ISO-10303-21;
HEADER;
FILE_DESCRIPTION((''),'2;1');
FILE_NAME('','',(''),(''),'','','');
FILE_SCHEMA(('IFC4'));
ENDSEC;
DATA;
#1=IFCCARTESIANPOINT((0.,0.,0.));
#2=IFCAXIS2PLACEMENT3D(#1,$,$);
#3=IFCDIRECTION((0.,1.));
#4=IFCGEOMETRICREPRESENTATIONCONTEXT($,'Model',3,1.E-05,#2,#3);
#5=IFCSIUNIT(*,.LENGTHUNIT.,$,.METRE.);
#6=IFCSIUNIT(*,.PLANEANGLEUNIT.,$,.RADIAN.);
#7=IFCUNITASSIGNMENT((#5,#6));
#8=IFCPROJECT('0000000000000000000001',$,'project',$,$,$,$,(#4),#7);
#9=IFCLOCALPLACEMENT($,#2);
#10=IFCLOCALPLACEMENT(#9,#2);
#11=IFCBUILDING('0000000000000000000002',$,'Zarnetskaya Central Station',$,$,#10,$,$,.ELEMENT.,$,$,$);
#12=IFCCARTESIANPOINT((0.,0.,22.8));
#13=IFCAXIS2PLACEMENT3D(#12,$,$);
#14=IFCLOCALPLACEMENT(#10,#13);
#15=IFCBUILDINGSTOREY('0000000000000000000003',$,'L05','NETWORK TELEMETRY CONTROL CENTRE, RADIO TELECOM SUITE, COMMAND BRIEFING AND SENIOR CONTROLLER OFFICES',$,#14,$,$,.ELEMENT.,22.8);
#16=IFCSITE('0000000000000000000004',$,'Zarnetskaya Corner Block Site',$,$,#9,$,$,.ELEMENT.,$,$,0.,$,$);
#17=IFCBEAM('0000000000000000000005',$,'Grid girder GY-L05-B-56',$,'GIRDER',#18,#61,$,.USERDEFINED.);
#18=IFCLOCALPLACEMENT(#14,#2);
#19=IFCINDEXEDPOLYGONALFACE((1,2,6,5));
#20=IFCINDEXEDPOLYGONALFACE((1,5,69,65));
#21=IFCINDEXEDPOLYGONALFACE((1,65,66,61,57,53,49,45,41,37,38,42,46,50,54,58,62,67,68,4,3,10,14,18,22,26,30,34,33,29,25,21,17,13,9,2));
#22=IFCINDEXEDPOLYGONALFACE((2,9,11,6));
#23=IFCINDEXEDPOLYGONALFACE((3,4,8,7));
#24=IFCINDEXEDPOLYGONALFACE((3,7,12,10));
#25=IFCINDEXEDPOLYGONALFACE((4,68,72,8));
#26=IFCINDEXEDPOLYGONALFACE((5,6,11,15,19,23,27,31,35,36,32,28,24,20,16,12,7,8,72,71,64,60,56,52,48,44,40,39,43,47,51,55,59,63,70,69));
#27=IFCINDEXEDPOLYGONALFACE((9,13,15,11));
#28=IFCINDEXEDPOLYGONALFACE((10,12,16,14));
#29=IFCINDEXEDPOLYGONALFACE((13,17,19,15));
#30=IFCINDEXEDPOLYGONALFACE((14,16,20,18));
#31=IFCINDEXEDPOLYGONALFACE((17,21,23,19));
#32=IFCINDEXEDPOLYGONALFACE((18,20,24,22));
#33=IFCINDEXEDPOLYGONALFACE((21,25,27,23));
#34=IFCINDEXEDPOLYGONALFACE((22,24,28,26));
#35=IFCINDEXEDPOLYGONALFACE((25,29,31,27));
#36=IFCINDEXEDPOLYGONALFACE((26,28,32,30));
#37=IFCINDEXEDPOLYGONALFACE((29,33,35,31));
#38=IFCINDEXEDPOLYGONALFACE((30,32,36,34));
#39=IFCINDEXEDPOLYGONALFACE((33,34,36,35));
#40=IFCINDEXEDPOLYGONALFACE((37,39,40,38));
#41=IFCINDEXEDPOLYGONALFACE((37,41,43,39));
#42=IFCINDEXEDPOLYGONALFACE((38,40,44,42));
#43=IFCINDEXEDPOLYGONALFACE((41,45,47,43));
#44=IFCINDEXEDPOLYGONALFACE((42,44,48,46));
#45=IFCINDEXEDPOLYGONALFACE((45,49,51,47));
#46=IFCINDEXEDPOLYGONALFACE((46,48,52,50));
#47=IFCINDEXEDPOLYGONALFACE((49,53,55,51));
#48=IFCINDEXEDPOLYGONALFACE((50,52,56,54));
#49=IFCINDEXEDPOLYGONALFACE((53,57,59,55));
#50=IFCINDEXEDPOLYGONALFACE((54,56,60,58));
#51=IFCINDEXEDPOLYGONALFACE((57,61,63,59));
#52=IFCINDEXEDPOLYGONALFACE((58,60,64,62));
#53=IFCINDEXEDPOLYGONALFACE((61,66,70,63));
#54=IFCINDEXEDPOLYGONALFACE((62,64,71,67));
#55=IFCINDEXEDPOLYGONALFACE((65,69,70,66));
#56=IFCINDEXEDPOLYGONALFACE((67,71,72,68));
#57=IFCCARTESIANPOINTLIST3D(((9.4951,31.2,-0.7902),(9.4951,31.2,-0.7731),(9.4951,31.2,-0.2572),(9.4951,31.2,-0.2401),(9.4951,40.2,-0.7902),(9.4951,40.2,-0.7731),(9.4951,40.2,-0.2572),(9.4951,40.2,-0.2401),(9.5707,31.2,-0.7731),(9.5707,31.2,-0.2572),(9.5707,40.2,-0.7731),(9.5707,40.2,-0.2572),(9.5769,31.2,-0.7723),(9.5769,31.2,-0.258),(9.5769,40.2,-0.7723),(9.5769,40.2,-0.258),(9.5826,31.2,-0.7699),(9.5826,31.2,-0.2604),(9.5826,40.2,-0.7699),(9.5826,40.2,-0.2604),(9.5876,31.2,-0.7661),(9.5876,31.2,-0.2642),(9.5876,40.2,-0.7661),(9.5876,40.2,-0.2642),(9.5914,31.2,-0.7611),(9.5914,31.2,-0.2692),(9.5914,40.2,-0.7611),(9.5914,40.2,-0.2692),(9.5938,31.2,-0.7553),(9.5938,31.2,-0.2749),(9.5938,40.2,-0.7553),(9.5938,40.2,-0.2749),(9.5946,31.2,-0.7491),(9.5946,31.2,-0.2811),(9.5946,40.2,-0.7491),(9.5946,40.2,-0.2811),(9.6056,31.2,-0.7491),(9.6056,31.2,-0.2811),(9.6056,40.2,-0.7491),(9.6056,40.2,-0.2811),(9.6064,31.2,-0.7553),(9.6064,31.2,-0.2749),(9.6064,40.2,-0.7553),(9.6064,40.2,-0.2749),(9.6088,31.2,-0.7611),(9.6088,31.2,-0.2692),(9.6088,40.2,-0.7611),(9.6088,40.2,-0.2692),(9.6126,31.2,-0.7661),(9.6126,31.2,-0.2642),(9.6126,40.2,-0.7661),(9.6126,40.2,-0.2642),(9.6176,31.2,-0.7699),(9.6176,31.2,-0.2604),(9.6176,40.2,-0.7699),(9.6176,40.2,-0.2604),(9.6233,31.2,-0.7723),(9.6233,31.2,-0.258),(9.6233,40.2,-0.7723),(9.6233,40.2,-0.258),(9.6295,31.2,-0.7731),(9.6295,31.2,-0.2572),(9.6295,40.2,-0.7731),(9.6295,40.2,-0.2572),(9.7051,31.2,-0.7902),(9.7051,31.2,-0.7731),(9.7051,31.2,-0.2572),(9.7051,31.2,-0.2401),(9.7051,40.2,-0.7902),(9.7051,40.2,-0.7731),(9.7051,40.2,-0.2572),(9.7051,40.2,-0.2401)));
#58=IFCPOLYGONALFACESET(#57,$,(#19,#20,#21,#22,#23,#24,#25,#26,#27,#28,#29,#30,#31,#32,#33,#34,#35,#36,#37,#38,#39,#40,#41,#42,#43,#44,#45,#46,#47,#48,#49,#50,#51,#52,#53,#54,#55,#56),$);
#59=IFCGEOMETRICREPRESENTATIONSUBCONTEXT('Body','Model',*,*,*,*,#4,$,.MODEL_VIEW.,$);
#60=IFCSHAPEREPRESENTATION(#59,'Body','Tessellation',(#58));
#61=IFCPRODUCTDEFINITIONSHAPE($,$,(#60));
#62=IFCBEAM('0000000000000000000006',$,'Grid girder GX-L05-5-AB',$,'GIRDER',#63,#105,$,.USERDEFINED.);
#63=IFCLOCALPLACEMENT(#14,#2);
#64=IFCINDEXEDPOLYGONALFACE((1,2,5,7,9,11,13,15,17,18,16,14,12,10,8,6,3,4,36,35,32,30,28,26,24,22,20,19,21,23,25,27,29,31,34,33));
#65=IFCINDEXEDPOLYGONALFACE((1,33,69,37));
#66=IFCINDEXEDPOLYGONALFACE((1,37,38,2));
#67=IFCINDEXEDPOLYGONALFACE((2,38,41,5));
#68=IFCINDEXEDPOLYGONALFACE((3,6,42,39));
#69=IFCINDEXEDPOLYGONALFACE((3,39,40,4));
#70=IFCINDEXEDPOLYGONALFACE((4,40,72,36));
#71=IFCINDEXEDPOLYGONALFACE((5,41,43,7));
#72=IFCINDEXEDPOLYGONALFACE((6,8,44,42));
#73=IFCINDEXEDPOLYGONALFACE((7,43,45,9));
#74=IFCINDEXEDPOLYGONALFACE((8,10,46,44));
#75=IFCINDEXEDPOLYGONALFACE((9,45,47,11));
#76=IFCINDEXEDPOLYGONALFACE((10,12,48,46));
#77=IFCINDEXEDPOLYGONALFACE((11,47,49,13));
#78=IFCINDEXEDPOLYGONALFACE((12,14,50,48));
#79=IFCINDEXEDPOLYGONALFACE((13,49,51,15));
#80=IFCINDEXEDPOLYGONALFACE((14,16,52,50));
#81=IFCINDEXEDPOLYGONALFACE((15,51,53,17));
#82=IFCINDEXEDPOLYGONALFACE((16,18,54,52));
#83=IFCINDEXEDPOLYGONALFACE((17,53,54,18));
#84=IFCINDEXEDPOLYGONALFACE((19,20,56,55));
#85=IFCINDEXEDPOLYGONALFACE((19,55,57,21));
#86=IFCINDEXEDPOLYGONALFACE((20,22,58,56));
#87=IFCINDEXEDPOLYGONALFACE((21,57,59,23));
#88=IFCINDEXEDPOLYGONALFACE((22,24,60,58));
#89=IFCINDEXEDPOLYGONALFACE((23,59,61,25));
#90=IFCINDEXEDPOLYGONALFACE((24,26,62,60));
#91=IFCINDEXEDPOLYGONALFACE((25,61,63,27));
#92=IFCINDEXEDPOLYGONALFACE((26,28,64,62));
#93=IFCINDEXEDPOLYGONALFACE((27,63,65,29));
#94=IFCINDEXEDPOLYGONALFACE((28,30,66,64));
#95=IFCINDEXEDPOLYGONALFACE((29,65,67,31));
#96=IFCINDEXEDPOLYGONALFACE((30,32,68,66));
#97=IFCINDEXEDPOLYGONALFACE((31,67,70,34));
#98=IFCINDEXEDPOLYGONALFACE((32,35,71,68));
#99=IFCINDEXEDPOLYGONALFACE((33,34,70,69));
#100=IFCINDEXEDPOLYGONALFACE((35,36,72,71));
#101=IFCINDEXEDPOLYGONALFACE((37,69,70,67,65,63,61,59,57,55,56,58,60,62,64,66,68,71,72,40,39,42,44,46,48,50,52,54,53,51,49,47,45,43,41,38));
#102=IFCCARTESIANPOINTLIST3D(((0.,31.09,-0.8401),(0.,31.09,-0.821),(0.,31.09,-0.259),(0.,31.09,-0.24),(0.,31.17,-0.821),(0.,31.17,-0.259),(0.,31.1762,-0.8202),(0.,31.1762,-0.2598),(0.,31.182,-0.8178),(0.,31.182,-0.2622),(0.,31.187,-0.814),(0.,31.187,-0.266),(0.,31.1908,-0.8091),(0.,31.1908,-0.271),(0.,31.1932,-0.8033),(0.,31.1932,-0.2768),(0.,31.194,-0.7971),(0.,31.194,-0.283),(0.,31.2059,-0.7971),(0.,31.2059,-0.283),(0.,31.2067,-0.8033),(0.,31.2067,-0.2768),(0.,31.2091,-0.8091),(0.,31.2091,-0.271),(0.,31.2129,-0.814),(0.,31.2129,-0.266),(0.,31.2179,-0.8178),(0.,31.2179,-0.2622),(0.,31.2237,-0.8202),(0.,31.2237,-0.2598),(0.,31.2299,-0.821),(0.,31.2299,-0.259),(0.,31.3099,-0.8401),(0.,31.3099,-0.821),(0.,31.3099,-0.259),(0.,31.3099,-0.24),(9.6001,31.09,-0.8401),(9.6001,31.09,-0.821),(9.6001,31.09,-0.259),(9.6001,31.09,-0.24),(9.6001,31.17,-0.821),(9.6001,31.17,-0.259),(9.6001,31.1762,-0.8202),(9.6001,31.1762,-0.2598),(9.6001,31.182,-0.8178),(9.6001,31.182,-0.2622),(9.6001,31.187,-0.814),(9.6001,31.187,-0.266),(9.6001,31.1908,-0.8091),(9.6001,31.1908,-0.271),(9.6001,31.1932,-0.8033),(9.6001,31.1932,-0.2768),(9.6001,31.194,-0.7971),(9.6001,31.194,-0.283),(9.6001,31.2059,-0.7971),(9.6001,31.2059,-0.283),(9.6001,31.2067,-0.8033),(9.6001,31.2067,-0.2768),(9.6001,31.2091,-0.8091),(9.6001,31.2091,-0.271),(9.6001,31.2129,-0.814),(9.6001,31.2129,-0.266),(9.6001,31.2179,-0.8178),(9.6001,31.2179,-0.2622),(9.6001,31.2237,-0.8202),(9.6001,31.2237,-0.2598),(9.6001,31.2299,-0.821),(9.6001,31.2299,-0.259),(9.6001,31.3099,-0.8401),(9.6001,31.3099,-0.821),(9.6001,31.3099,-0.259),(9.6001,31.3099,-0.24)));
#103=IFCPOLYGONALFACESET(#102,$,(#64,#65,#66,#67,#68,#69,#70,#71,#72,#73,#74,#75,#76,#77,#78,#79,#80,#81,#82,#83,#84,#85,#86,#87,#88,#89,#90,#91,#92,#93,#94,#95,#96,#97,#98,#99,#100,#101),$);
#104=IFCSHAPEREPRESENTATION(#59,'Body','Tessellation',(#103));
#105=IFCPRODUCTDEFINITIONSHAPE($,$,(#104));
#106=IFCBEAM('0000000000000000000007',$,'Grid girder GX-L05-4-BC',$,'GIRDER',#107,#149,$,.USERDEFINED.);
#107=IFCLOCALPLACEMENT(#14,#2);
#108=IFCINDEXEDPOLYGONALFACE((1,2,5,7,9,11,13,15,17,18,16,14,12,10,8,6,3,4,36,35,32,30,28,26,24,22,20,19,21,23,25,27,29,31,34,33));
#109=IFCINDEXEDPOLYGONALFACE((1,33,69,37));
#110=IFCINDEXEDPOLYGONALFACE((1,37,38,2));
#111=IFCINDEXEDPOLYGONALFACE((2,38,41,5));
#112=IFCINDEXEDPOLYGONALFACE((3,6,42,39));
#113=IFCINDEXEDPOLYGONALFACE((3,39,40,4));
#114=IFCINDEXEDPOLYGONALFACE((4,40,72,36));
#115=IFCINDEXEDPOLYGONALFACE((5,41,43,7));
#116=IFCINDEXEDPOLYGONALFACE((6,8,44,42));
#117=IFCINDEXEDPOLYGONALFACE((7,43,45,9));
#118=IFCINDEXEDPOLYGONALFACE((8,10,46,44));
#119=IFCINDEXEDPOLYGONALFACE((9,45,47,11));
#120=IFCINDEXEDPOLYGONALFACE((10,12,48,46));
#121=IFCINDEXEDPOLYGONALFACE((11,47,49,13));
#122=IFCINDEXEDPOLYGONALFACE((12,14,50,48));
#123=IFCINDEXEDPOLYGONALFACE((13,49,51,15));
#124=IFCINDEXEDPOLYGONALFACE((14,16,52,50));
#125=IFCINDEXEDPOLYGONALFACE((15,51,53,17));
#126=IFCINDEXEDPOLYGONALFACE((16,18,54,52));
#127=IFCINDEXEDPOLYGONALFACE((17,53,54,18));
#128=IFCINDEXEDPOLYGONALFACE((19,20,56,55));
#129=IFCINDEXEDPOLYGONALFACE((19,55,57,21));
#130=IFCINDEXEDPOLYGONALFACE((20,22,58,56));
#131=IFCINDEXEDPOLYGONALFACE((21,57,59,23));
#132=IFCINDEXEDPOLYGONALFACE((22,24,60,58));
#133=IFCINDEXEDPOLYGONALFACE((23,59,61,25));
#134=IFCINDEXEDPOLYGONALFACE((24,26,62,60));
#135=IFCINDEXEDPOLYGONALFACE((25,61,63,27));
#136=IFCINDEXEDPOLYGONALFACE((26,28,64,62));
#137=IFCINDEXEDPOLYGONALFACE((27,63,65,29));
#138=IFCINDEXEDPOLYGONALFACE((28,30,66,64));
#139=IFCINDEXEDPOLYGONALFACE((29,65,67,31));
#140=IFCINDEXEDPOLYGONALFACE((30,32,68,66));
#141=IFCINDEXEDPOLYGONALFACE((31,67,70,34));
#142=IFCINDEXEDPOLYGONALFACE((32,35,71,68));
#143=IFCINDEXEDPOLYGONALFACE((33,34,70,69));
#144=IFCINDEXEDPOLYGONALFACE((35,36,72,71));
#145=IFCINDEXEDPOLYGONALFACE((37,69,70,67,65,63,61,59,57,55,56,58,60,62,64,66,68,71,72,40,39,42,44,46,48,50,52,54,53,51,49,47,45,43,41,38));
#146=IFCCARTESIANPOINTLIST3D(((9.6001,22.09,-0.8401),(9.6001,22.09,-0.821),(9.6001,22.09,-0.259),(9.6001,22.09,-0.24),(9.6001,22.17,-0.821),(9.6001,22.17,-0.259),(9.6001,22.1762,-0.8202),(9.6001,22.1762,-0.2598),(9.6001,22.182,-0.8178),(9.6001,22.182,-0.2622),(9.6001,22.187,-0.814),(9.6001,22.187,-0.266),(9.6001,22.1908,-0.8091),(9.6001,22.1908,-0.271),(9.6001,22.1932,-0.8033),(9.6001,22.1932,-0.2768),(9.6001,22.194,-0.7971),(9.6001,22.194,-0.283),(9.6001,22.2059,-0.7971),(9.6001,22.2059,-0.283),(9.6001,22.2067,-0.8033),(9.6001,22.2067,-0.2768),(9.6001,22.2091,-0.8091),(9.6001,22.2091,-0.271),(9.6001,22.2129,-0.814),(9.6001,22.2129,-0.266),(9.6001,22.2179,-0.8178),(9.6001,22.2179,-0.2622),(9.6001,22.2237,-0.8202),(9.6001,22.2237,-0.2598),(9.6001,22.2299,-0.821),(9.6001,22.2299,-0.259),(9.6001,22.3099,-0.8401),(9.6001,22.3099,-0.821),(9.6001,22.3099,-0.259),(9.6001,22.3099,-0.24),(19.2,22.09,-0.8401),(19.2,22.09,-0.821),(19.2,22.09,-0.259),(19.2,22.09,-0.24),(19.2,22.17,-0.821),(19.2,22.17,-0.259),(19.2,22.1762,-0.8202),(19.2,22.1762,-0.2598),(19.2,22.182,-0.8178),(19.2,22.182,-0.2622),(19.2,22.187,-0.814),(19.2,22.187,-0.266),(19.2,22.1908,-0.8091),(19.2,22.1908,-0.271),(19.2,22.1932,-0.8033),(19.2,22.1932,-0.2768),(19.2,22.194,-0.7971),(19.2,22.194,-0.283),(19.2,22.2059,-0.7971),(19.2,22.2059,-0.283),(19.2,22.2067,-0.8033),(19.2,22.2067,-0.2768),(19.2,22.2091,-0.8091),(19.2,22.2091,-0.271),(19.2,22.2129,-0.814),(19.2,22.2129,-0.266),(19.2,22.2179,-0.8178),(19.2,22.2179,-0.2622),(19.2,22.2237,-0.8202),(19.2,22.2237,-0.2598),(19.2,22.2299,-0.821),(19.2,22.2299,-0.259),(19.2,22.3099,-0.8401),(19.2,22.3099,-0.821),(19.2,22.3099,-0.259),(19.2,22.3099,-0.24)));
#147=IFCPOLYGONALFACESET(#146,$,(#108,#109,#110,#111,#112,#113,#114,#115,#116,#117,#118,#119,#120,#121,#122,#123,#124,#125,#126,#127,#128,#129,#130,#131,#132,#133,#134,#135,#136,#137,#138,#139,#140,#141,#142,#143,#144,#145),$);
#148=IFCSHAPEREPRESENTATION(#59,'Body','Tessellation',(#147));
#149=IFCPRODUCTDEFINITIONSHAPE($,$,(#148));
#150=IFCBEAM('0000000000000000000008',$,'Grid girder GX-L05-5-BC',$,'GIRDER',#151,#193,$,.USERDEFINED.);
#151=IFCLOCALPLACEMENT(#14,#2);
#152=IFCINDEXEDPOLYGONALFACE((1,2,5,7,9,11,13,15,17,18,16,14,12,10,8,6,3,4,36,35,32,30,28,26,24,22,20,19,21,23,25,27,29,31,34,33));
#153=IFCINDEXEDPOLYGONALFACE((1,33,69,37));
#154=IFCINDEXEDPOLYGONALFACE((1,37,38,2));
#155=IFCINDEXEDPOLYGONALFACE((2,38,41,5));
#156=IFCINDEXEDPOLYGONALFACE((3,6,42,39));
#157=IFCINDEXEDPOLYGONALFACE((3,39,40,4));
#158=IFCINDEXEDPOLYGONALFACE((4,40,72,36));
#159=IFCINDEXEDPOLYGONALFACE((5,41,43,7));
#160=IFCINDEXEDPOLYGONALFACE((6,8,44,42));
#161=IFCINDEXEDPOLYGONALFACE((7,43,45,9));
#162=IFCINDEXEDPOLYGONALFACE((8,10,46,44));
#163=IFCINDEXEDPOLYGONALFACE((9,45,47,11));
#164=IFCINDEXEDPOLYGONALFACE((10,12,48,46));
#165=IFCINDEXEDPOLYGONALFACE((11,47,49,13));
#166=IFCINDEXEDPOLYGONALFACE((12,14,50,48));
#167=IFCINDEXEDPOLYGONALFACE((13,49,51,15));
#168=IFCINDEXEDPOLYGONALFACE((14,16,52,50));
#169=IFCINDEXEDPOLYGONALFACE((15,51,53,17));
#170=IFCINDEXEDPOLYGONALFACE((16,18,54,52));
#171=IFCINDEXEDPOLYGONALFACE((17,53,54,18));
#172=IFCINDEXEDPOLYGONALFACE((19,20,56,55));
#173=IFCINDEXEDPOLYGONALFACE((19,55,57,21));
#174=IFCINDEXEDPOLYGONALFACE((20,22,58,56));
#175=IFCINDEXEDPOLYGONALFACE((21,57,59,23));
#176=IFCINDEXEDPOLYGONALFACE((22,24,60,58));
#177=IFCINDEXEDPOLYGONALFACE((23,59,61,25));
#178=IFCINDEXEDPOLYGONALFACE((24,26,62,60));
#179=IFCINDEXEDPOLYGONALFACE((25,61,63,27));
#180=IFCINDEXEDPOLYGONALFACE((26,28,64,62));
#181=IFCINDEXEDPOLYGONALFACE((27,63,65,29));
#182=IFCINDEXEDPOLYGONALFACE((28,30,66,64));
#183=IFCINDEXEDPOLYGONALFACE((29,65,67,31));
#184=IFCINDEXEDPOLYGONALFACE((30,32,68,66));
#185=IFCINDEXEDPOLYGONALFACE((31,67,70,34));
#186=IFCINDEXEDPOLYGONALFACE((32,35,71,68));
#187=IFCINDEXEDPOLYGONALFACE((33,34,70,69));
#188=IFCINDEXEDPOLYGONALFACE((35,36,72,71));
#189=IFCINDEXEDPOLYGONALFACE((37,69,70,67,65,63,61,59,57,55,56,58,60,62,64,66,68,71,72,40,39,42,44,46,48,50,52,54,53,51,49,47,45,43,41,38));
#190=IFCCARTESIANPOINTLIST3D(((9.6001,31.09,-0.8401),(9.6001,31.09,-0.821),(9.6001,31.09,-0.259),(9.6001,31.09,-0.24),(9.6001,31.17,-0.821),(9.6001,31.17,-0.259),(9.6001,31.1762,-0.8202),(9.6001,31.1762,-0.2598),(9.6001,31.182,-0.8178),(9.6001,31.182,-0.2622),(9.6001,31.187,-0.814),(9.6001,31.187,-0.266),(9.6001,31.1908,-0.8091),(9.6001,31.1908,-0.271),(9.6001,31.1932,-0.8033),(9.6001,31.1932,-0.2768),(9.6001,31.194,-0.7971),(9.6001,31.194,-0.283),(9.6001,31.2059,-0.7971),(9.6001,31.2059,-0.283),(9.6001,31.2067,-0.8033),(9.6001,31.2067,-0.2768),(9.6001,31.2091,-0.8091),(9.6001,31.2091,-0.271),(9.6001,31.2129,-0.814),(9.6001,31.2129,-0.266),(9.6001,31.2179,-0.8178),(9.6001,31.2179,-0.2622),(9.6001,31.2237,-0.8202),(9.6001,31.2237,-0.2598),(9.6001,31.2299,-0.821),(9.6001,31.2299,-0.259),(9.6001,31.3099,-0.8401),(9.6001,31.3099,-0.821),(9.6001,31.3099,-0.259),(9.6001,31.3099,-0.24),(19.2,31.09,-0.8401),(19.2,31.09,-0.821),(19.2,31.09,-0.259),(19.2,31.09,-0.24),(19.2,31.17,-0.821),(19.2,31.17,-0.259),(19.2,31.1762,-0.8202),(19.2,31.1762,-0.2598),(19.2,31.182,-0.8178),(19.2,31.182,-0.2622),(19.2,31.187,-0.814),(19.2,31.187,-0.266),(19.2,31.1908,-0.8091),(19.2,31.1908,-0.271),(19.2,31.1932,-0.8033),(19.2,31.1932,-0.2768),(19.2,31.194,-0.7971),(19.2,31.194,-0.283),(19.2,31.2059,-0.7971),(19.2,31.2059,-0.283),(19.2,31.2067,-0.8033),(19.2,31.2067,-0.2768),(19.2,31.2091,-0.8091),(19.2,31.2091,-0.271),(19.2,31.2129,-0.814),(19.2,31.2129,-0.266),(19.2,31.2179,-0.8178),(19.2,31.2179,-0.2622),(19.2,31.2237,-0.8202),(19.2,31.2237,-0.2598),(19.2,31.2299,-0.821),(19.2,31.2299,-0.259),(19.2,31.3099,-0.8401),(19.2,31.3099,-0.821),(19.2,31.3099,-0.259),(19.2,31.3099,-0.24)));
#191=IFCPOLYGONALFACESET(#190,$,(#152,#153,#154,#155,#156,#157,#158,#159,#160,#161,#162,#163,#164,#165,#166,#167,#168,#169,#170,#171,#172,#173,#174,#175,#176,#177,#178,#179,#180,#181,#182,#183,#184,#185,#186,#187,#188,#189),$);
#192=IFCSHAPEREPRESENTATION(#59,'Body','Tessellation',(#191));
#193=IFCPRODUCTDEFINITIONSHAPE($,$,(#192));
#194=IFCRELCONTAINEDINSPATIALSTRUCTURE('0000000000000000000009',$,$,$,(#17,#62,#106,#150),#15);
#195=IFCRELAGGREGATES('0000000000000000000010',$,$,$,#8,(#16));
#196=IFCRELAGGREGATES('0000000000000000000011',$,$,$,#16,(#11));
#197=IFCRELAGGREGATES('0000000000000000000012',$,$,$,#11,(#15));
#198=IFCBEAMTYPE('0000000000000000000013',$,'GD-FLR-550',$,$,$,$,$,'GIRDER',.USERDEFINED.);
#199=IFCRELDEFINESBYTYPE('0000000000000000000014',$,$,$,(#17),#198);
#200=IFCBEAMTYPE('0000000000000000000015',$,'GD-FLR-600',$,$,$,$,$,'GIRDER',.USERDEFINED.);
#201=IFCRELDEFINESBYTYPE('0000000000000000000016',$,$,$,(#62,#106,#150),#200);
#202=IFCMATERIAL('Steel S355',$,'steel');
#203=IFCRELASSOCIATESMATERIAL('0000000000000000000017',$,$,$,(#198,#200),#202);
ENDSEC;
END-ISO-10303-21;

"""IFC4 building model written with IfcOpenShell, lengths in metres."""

from ifc_helpers import new_model, si_unit, direction, frame, origin, origin_2d, place, context, subcontext, project, spatial, i_section, extrude, material, material_profile, profile_set, type_object, element, save


model = new_model("IFC4")

# Units and contexts
model_context = context("Model", 3, precision=1e-05, world=origin(), true_north=direction((0.0, 1.0)))
body_context = subcontext(model_context, "Body", "Model", "MODEL_VIEW")
ifc_project = project(units=[si_unit("LENGTHUNIT", "METRE"), si_unit("PLANEANGLEUNIT", "RADIAN")], contexts=[model_context])

# Site, building, storey
site_placement = place(None, origin())
site = spatial("IfcSite", under=ifc_project, at=site_placement, Name="Zarnetskaya Corner Block Site", CompositionType="ELEMENT", RefElevation=0.0)
building_placement = place(site_placement, origin())
building = spatial("IfcBuilding", under=site, at=building_placement, Name="Zarnetskaya Central Station", CompositionType="ELEMENT")
storey_placement = place(building_placement, frame((0.0, 0.0, 22.8)))
storey = spatial("IfcBuildingStorey", under=building, at=storey_placement, Name="L05", Description="NETWORK TELEMETRY CONTROL CENTRE, RADIO TELECOM SUITE, COMMAND BRIEFING AND SENIOR CONTROLLER OFFICES", CompositionType="ELEMENT", Elevation=22.8)

# Shared definitions
ifc_material_1 = material(Name="Steel S355", Category="steel")

# Beams
ifc_material_profile_1 = material_profile(ifc_material_1, i_section(OverallWidth=0.21, OverallDepth=0.55, WebThickness=0.011, FlangeThickness=0.0171, FilletRadius=0.0239, at=origin_2d()), Name="IPE 550")
ifc_profile_set_1 = profile_set([ifc_material_profile_1], Name="Steel S355")
beam_type_1 = type_object("IfcBeamType", Name="GD-FLR-550", ElementType="GIRDER", PredefinedType="USERDEFINED", material=ifc_profile_set_1)
for number, where, z_axis, x_axis, name in (
    (1, (9.6001, 31.2, -0.5151), (0.0, 1.0, 0.0), (-1.0, 0.0, 0.0), "Grid girder GY-L05-B-56"),
):
    element("IfcBeam", number, at=place(storey_placement, frame(where, z_axis=z_axis, x_axis=x_axis)), inside=storey, type_object=beam_type_1, Name=name, ObjectType="GIRDER", PredefinedType="USERDEFINED", context=body_context, shape_type="SweptSolid", body=[
        extrude(i_section(OverallWidth=0.21, OverallDepth=0.55, WebThickness=0.011, FlangeThickness=0.0171, FilletRadius=0.0239, at=origin_2d()), origin(), (0.0, 0.0, 1.0), 9.0),
    ])
ifc_material_profile_2 = material_profile(ifc_material_1, i_section(OverallWidth=0.22, OverallDepth=0.6001, WebThickness=0.012, FlangeThickness=0.019, FilletRadius=0.0239, at=origin_2d()), Name="IPE 600")
ifc_profile_set_2 = profile_set([ifc_material_profile_2], Name="Steel S355")
beam_type_2 = type_object("IfcBeamType", Name="GD-FLR-600", ElementType="GIRDER", PredefinedType="USERDEFINED", material=ifc_profile_set_2)
beam_placement = place(storey_placement, frame((0.0, 31.2, -0.54), z_axis=(1.0, 0.0, 0.0), x_axis=(0.0, 1.0, 0.0)))
element("IfcBeam", 2, at=beam_placement, inside=storey, type_object=beam_type_2, Name="Grid girder GX-L05-5-AB", ObjectType="GIRDER", PredefinedType="USERDEFINED", context=body_context, shape_type="SweptSolid", body=[
    extrude(i_section(OverallWidth=0.22, OverallDepth=0.6001, WebThickness=0.012, FlangeThickness=0.019, FilletRadius=0.0239, at=origin_2d()), origin(), (0.0, 0.0, 1.0), 9.6001),
])
for number, where, z_axis, x_axis, name in (
    (3, (9.6001, 22.2, -0.54), (1.0, 0.0, 0.0), (0.0, 1.0, 0.0), "Grid girder GX-L05-4-BC"),
    (4, (9.6001, 31.2, -0.54), (1.0, 0.0, 0.0), (0.0, 1.0, 0.0), "Grid girder GX-L05-5-BC"),
):
    element("IfcBeam", number, at=place(storey_placement, frame(where, z_axis=z_axis, x_axis=x_axis)), inside=storey, type_object=beam_type_2, Name=name, ObjectType="GIRDER", PredefinedType="USERDEFINED", context=body_context, shape_type="SweptSolid", body=[
        extrude(i_section(OverallWidth=0.22, OverallDepth=0.6001, WebThickness=0.012, FlangeThickness=0.019, FilletRadius=0.0239, at=origin_2d()), origin(), (0.0, 0.0, 1.0), 9.5999),
    ])

save(model, "model.ifc")
